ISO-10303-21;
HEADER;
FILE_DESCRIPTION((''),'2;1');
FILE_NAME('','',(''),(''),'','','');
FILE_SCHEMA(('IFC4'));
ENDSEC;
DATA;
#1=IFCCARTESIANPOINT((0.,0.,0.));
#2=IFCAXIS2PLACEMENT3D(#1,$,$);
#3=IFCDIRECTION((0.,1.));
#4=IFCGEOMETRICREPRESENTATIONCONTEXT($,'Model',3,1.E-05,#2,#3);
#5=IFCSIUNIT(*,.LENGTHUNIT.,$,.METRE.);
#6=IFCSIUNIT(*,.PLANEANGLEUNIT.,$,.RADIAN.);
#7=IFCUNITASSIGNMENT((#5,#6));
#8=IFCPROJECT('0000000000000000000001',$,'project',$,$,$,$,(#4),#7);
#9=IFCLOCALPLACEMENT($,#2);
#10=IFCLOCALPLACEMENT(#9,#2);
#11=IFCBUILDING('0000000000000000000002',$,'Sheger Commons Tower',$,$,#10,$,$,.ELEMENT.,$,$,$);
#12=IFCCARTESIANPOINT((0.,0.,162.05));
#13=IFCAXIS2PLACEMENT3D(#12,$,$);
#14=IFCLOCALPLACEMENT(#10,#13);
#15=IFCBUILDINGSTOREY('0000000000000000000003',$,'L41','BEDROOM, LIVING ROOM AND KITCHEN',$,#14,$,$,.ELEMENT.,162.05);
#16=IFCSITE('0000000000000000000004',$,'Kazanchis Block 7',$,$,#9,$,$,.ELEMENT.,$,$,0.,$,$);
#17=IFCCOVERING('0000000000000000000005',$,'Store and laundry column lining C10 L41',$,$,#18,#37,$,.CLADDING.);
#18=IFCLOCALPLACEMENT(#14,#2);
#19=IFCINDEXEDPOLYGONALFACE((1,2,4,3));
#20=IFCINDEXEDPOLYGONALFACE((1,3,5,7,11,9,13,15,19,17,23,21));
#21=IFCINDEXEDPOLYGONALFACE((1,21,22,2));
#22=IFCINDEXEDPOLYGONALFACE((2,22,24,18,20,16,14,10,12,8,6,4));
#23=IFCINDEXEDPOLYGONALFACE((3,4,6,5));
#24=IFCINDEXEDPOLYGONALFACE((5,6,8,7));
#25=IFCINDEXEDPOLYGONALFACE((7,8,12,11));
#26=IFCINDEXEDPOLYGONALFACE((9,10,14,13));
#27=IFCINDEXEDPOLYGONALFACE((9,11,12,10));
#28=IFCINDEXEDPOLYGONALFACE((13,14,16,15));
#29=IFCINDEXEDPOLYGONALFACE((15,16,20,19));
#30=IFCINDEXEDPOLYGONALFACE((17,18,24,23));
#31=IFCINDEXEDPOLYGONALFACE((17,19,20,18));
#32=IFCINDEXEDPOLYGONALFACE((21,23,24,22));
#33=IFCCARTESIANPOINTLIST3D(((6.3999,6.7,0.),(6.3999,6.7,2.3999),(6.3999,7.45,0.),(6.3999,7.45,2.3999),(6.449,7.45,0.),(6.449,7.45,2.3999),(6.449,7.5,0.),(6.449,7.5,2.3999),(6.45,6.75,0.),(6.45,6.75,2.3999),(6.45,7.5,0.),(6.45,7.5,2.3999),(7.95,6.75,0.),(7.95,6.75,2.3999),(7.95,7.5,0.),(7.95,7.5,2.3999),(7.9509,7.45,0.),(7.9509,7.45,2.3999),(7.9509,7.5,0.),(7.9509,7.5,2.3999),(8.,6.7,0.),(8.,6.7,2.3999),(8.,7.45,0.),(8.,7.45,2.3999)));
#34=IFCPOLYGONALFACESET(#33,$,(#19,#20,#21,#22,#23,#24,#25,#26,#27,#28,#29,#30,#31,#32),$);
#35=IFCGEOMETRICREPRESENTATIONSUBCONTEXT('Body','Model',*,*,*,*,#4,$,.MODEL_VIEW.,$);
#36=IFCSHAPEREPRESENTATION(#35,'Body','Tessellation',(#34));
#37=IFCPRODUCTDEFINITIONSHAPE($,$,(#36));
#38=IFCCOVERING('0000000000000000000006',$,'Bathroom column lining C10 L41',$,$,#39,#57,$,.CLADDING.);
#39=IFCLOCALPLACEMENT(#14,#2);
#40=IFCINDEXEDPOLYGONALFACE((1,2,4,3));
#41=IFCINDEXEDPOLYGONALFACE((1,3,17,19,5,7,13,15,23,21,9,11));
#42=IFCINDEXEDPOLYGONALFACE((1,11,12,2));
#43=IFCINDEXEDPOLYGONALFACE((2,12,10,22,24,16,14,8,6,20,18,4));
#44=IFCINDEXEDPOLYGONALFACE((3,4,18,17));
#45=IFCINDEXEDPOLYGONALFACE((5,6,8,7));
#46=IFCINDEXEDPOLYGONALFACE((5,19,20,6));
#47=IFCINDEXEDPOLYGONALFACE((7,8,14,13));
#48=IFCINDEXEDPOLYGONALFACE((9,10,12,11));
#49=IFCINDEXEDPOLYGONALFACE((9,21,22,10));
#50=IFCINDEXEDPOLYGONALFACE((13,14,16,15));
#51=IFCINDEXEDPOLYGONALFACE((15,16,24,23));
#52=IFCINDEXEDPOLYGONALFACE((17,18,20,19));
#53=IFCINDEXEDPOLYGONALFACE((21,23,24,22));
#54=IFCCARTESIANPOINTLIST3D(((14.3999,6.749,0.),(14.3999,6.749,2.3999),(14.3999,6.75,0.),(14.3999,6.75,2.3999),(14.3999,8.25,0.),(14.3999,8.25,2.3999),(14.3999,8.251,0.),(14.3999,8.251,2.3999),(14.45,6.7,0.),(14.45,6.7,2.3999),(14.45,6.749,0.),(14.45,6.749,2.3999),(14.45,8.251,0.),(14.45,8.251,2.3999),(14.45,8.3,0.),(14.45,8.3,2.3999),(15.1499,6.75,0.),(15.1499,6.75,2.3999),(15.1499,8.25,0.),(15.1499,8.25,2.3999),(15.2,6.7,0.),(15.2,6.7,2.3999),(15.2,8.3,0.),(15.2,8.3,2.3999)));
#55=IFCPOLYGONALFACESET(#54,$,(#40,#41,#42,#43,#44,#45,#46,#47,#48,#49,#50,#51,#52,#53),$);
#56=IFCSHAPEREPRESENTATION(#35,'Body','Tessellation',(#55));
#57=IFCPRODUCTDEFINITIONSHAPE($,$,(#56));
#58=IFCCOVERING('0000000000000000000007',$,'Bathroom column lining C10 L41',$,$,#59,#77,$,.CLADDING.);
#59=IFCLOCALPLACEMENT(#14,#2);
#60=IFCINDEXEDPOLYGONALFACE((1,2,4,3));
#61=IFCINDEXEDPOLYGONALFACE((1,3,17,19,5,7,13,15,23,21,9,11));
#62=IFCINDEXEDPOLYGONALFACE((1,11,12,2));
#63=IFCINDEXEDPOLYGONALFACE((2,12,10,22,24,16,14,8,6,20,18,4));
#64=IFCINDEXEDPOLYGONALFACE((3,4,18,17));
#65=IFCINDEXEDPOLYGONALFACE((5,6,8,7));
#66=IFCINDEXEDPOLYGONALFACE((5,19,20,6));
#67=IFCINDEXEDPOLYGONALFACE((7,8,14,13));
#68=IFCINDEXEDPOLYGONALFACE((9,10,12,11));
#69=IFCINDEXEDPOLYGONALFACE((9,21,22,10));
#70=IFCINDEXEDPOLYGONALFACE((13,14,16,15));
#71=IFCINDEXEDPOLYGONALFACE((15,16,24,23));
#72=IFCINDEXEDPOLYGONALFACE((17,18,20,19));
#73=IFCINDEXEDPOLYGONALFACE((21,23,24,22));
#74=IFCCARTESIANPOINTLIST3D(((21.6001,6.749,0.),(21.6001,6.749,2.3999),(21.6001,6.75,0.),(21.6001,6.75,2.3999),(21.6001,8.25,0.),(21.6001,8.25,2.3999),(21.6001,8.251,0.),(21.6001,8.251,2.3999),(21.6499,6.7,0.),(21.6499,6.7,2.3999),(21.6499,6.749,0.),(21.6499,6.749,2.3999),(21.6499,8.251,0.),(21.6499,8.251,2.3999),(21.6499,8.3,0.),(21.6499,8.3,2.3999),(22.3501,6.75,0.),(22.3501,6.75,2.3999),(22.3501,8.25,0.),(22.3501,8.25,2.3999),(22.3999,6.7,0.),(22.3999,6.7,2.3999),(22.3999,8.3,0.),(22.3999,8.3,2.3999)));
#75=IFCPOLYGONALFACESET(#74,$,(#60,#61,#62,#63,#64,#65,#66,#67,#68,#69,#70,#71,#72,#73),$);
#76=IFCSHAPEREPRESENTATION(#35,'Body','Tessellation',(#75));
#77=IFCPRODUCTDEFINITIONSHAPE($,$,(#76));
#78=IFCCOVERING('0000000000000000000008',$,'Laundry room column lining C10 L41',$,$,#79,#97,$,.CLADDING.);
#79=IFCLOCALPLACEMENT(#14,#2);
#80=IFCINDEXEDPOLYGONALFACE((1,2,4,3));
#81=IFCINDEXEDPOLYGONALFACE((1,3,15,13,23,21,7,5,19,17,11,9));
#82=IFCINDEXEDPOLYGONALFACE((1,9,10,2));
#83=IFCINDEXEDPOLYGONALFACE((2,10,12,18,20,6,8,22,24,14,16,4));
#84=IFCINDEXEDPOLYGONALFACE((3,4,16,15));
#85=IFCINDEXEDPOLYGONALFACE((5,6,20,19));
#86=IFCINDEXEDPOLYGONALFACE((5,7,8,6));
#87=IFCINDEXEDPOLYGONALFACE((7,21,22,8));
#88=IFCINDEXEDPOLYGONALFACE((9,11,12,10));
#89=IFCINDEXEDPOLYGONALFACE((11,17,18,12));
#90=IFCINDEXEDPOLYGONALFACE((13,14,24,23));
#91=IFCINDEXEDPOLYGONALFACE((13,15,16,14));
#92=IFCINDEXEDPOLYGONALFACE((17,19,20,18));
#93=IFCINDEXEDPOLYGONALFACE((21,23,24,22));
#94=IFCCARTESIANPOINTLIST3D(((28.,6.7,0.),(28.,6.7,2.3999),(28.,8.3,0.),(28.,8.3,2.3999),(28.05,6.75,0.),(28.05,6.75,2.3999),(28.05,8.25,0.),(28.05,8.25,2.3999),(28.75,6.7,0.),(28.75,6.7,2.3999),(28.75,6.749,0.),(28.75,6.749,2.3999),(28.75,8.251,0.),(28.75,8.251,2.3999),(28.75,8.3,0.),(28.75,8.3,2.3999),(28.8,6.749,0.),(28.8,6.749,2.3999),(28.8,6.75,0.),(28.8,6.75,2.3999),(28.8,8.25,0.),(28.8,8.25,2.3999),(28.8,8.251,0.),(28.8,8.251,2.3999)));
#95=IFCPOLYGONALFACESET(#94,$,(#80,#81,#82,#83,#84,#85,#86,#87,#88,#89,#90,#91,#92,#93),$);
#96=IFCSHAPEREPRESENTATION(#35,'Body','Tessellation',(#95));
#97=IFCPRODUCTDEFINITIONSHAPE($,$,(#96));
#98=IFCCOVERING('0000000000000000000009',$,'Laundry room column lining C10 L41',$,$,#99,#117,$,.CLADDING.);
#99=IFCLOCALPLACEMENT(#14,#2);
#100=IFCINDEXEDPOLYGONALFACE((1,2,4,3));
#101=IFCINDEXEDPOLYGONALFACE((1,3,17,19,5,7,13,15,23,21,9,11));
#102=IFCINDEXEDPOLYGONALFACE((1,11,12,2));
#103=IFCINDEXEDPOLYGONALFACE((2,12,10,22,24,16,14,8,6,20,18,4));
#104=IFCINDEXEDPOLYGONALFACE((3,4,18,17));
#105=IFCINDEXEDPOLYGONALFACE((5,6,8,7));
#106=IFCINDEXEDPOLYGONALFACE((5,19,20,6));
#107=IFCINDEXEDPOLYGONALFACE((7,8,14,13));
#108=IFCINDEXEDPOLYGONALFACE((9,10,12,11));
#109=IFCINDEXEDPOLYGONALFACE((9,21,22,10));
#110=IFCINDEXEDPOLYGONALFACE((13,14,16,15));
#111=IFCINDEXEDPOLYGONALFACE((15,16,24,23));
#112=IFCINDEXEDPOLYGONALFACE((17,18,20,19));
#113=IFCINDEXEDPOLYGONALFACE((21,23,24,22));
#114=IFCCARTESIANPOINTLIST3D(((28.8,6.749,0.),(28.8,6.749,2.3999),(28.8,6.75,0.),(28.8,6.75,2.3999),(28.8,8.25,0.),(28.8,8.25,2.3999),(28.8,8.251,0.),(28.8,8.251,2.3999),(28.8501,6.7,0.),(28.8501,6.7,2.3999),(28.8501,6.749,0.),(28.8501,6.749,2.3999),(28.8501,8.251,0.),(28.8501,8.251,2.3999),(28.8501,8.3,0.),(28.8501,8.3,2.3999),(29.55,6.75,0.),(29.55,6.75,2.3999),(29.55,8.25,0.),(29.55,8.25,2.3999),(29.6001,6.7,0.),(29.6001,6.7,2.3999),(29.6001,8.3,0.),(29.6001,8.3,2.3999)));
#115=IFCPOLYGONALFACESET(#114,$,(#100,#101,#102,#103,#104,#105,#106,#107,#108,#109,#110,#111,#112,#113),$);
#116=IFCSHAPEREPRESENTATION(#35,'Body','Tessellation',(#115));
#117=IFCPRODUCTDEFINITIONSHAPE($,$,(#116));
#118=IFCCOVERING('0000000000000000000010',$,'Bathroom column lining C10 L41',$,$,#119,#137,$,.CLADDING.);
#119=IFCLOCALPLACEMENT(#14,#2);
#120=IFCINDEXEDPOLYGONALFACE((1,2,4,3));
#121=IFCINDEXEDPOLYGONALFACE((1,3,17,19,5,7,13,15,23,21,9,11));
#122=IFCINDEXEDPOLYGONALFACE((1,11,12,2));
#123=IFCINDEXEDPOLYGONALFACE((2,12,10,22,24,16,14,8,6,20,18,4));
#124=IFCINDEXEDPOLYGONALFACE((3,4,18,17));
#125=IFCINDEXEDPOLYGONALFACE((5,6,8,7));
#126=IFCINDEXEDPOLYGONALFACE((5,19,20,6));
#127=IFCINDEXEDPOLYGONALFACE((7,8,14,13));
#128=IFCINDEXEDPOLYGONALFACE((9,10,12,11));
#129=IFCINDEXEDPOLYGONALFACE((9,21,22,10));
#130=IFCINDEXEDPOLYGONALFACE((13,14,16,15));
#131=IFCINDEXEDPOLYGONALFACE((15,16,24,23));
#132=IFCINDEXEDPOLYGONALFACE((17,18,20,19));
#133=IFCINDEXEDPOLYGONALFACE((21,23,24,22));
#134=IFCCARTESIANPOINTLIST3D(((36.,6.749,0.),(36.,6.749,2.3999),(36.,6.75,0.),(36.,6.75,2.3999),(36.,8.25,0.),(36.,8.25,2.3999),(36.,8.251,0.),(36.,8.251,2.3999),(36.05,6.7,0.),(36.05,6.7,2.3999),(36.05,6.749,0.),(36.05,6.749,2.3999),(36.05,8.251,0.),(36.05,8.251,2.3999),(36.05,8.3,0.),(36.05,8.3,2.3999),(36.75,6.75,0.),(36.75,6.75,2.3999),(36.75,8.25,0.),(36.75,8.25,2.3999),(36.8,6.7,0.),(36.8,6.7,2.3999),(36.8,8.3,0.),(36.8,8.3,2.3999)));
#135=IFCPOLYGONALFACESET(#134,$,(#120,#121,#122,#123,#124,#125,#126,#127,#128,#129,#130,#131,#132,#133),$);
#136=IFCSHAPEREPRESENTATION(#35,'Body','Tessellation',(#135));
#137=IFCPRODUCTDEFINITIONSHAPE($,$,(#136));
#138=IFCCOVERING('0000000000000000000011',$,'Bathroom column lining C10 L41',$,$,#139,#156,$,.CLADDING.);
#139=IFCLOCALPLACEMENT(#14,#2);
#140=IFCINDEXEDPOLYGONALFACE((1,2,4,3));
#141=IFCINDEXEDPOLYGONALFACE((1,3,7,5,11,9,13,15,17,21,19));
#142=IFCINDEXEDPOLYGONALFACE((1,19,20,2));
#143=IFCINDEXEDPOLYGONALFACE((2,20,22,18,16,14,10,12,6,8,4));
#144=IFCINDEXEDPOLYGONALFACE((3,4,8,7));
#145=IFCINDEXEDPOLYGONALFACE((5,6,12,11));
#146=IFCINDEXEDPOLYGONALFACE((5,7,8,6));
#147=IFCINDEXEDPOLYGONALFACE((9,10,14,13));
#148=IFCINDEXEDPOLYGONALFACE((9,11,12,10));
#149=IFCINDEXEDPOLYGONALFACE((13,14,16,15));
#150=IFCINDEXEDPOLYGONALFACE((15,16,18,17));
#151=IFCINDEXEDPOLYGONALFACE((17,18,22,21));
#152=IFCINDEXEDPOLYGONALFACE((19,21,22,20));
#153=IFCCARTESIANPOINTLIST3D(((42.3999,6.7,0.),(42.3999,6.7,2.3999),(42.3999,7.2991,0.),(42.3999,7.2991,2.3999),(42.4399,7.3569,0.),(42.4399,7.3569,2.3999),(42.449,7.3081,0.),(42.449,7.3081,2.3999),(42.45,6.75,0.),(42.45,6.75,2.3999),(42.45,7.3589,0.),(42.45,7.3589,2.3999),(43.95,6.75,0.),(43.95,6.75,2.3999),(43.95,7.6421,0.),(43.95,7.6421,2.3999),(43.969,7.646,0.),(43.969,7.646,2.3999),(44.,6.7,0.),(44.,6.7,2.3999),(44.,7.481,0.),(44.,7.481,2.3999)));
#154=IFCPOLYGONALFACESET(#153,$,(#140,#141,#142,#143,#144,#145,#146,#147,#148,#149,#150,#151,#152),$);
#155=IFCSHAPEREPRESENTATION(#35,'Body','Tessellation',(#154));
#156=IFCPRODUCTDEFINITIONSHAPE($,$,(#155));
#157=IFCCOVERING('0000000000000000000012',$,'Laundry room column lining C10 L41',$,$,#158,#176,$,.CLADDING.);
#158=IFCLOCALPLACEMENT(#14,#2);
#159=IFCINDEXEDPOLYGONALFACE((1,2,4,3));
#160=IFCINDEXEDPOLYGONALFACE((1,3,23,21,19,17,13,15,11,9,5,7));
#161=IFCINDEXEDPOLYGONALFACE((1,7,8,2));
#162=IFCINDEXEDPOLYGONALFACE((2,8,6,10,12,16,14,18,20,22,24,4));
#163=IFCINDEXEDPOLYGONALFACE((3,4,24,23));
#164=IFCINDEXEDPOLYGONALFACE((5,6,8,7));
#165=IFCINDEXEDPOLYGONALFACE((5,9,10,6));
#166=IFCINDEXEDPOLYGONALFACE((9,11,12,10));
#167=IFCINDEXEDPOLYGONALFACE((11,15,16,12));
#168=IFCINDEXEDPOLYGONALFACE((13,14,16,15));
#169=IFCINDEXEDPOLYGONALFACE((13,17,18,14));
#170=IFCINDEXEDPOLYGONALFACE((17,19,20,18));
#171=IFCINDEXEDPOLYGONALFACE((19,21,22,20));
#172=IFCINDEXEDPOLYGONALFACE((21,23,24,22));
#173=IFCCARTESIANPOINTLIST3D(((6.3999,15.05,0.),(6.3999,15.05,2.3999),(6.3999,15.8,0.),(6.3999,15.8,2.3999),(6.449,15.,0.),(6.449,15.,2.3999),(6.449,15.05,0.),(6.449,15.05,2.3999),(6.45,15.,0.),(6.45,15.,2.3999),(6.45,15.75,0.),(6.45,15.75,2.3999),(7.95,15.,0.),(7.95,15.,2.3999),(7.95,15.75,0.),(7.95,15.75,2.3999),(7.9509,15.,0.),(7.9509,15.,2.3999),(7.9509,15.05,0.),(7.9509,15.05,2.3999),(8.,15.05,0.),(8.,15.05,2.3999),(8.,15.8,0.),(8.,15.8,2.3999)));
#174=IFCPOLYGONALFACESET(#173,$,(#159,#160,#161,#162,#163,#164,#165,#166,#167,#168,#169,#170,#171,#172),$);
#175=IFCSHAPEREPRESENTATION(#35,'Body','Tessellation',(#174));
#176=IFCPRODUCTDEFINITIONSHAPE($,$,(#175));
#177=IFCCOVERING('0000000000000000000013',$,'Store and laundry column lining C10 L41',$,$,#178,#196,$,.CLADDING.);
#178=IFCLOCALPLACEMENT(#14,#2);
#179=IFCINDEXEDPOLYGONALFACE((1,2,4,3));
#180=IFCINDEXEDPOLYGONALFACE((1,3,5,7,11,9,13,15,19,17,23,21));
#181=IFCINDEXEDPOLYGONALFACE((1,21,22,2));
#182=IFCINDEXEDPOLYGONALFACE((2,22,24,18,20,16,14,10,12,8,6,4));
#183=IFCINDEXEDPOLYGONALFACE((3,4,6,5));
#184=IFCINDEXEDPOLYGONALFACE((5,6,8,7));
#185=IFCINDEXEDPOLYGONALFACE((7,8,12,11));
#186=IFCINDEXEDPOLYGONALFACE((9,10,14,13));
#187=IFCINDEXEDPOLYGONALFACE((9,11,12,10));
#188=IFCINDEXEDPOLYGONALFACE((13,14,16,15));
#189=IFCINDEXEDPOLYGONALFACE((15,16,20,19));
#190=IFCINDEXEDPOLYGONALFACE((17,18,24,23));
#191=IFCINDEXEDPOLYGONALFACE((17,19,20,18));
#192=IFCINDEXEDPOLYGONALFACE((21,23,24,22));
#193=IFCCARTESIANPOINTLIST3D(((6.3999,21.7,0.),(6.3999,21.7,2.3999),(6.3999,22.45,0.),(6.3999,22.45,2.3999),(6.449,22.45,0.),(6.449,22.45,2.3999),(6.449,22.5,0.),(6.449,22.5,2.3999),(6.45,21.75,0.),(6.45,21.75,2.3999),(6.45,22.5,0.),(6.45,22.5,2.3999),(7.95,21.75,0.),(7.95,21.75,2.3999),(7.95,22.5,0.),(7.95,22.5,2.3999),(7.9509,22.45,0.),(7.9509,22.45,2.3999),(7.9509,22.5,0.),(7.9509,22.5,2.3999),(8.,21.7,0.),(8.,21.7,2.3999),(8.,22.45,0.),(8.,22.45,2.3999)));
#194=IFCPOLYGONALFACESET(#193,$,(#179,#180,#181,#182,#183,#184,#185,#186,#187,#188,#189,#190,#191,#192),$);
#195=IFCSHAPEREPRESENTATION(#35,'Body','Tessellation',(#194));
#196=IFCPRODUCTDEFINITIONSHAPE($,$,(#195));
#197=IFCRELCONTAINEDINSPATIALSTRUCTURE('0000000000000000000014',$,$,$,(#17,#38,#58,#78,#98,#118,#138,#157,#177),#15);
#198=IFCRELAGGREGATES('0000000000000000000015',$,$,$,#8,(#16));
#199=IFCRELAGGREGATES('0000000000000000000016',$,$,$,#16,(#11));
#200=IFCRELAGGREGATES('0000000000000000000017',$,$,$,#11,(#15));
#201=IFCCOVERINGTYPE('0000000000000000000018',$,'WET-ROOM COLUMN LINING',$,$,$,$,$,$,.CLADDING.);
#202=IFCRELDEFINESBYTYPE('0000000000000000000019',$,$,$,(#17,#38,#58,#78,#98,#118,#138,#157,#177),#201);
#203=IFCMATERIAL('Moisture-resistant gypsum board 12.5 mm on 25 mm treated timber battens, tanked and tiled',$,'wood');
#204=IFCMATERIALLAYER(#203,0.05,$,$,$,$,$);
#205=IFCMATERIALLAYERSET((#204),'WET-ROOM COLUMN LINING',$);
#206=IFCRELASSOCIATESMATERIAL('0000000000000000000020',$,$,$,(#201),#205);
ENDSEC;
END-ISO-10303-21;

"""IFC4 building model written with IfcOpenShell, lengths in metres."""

from ifc_helpers import new_model, si_unit, direction, frame, origin, place, context, subcontext, project, spatial, polyline, outline, extrude, material, layer, layer_set, type_object, element, save


model = new_model("IFC4")

# Units and contexts
model_context = context("Model", 3, precision=1e-05, world=origin(), true_north=direction((0.0, 1.0)))
body_context = subcontext(model_context, "Body", "Model", "MODEL_VIEW")
ifc_project = project(units=[si_unit("LENGTHUNIT", "METRE"), si_unit("PLANEANGLEUNIT", "RADIAN")], contexts=[model_context])

# Site, building, storey
site_placement = place(None, origin())
site = spatial("IfcSite", under=ifc_project, at=site_placement, Name="Kazanchis Block 7", CompositionType="ELEMENT", RefElevation=0.0)
building_placement = place(site_placement, origin())
building = spatial("IfcBuilding", under=site, at=building_placement, Name="Sheger Commons Tower", CompositionType="ELEMENT")
storey_placement = place(building_placement, frame((0.0, 0.0, 162.05)))
storey = spatial("IfcBuildingStorey", under=building, at=storey_placement, Name="L41", Description="BEDROOM, LIVING ROOM AND KITCHEN", CompositionType="ELEMENT", Elevation=162.05)

# Coverings
ifc_material_1 = material(Name="Moisture-resistant gypsum board 12.5 mm on 25 mm treated timber battens, tanked and tiled", Category="wood")
ifc_layer_1 = layer(ifc_material_1, 0.05)
ifc_layer_set_1 = layer_set([ifc_layer_1], Name="WET-ROOM COLUMN LINING")
covering_type_1 = type_object("IfcCoveringType", Name="WET-ROOM COLUMN LINING", PredefinedType="CLADDING", material=ifc_layer_set_1)
covering_1_placement = place(storey_placement, origin())
element("IfcCovering", 1, at=covering_1_placement, inside=storey, type_object=covering_type_1, Name="Store and laundry column lining C10 L41", PredefinedType="CLADDING", context=body_context, shape_type="SweptSolid", body=[
    extrude(outline(polyline([(6.45, 7.5), (6.45, 6.75), (7.95, 6.75), (7.95, 7.5), (7.9509, 7.5), (7.9509, 7.45), (8.0, 7.45), (8.0, 6.7), (6.3999, 6.7), (6.3999, 7.45), (6.449, 7.45), (6.449, 7.5), (6.45, 7.5)])), origin(), (0.0, 0.0, 1.0), 2.3999),
])
covering_2_placement = place(storey_placement, origin())
element("IfcCovering", 2, at=covering_2_placement, inside=storey, type_object=covering_type_1, Name="Bathroom column lining C10 L41", PredefinedType="CLADDING", context=body_context, shape_type="SweptSolid", body=[
    extrude(outline(polyline([(15.2, 6.7), (14.45, 6.7), (14.45, 6.749), (14.3999, 6.749), (14.3999, 6.75), (15.1499, 6.75), (15.1499, 8.25), (14.3999, 8.25), (14.3999, 8.251), (14.45, 8.251), (14.45, 8.3), (15.2, 8.3), (15.2, 6.7)])), origin(), (0.0, 0.0, 1.0), 2.3999),
])
covering_3_placement = place(storey_placement, origin())
element("IfcCovering", 3, at=covering_3_placement, inside=storey, type_object=covering_type_1, Name="Bathroom column lining C10 L41", PredefinedType="CLADDING", context=body_context, shape_type="SweptSolid", body=[
    extrude(outline(polyline([(22.3999, 6.7), (21.6499, 6.7), (21.6499, 6.749), (21.6001, 6.749), (21.6001, 6.75), (22.3501, 6.75), (22.3501, 8.25), (21.6001, 8.25), (21.6001, 8.251), (21.6499, 8.251), (21.6499, 8.3), (22.3999, 8.3), (22.3999, 6.7)])), origin(), (0.0, 0.0, 1.0), 2.3999),
])
covering_4_placement = place(storey_placement, origin())
element("IfcCovering", 4, at=covering_4_placement, inside=storey, type_object=covering_type_1, Name="Laundry room column lining C10 L41", PredefinedType="CLADDING", context=body_context, shape_type="SweptSolid", body=[
    extrude(outline(polyline([(28.75, 8.3), (28.75, 8.251), (28.8, 8.251), (28.8, 8.25), (28.05, 8.25), (28.05, 6.75), (28.8, 6.75), (28.8, 6.749), (28.75, 6.749), (28.75, 6.7), (28.0, 6.7), (28.0, 8.3), (28.75, 8.3)])), origin(), (0.0, 0.0, 1.0), 2.3999),
])
covering_5_placement = place(storey_placement, origin())
element("IfcCovering", 5, at=covering_5_placement, inside=storey, type_object=covering_type_1, Name="Laundry room column lining C10 L41", PredefinedType="CLADDING", context=body_context, shape_type="SweptSolid", body=[
    extrude(outline(polyline([(29.6001, 6.7), (28.8501, 6.7), (28.8501, 6.749), (28.8, 6.749), (28.8, 6.75), (29.55, 6.75), (29.55, 8.25), (28.8, 8.25), (28.8, 8.251), (28.8501, 8.251), (28.8501, 8.3), (29.6001, 8.3), (29.6001, 6.7)])), origin(), (0.0, 0.0, 1.0), 2.3999),
])
covering_6_placement = place(storey_placement, origin())
element("IfcCovering", 6, at=covering_6_placement, inside=storey, type_object=covering_type_1, Name="Bathroom column lining C10 L41", PredefinedType="CLADDING", context=body_context, shape_type="SweptSolid", body=[
    extrude(outline(polyline([(36.8, 6.7), (36.05, 6.7), (36.05, 6.749), (36.0, 6.749), (36.0, 6.75), (36.75, 6.75), (36.75, 8.25), (36.0, 8.25), (36.0, 8.251), (36.05, 8.251), (36.05, 8.3), (36.8, 8.3), (36.8, 6.7)])), origin(), (0.0, 0.0, 1.0), 2.3999),
])
covering_7_placement = place(storey_placement, origin())
element("IfcCovering", 7, at=covering_7_placement, inside=storey, type_object=covering_type_1, Name="Bathroom column lining C10 L41", PredefinedType="CLADDING", context=body_context, shape_type="SweptSolid", body=[
    extrude(outline(polyline([(42.45, 7.3589), (42.45, 6.75), (43.95, 6.75), (43.95, 7.6421), (43.969, 7.646), (44.0, 7.481), (44.0, 6.7), (42.3999, 6.7), (42.3999, 7.2991), (42.449, 7.3081), (42.4399, 7.3569), (42.45, 7.3589)])), origin(), (0.0, 0.0, 1.0), 2.3999),
])
covering_8_placement = place(storey_placement, origin())
element("IfcCovering", 8, at=covering_8_placement, inside=storey, type_object=covering_type_1, Name="Laundry room column lining C10 L41", PredefinedType="CLADDING", context=body_context, shape_type="SweptSolid", body=[
    extrude(outline(polyline([(8.0, 15.8), (8.0, 15.05), (7.9509, 15.05), (7.9509, 15.0), (7.95, 15.0), (7.95, 15.75), (6.45, 15.75), (6.45, 15.0), (6.449, 15.0), (6.449, 15.05), (6.3999, 15.05), (6.3999, 15.8), (8.0, 15.8)])), origin(), (0.0, 0.0, 1.0), 2.3999),
])
covering_9_placement = place(storey_placement, origin())
element("IfcCovering", 9, at=covering_9_placement, inside=storey, type_object=covering_type_1, Name="Store and laundry column lining C10 L41", PredefinedType="CLADDING", context=body_context, shape_type="SweptSolid", body=[
    extrude(outline(polyline([(6.45, 22.5), (6.45, 21.75), (7.95, 21.75), (7.95, 22.5), (7.9509, 22.5), (7.9509, 22.45), (8.0, 22.45), (8.0, 21.7), (6.3999, 21.7), (6.3999, 22.45), (6.449, 22.45), (6.449, 22.5), (6.45, 22.5)])), origin(), (0.0, 0.0, 1.0), 2.3999),
])

save(model, "model.ifc")
